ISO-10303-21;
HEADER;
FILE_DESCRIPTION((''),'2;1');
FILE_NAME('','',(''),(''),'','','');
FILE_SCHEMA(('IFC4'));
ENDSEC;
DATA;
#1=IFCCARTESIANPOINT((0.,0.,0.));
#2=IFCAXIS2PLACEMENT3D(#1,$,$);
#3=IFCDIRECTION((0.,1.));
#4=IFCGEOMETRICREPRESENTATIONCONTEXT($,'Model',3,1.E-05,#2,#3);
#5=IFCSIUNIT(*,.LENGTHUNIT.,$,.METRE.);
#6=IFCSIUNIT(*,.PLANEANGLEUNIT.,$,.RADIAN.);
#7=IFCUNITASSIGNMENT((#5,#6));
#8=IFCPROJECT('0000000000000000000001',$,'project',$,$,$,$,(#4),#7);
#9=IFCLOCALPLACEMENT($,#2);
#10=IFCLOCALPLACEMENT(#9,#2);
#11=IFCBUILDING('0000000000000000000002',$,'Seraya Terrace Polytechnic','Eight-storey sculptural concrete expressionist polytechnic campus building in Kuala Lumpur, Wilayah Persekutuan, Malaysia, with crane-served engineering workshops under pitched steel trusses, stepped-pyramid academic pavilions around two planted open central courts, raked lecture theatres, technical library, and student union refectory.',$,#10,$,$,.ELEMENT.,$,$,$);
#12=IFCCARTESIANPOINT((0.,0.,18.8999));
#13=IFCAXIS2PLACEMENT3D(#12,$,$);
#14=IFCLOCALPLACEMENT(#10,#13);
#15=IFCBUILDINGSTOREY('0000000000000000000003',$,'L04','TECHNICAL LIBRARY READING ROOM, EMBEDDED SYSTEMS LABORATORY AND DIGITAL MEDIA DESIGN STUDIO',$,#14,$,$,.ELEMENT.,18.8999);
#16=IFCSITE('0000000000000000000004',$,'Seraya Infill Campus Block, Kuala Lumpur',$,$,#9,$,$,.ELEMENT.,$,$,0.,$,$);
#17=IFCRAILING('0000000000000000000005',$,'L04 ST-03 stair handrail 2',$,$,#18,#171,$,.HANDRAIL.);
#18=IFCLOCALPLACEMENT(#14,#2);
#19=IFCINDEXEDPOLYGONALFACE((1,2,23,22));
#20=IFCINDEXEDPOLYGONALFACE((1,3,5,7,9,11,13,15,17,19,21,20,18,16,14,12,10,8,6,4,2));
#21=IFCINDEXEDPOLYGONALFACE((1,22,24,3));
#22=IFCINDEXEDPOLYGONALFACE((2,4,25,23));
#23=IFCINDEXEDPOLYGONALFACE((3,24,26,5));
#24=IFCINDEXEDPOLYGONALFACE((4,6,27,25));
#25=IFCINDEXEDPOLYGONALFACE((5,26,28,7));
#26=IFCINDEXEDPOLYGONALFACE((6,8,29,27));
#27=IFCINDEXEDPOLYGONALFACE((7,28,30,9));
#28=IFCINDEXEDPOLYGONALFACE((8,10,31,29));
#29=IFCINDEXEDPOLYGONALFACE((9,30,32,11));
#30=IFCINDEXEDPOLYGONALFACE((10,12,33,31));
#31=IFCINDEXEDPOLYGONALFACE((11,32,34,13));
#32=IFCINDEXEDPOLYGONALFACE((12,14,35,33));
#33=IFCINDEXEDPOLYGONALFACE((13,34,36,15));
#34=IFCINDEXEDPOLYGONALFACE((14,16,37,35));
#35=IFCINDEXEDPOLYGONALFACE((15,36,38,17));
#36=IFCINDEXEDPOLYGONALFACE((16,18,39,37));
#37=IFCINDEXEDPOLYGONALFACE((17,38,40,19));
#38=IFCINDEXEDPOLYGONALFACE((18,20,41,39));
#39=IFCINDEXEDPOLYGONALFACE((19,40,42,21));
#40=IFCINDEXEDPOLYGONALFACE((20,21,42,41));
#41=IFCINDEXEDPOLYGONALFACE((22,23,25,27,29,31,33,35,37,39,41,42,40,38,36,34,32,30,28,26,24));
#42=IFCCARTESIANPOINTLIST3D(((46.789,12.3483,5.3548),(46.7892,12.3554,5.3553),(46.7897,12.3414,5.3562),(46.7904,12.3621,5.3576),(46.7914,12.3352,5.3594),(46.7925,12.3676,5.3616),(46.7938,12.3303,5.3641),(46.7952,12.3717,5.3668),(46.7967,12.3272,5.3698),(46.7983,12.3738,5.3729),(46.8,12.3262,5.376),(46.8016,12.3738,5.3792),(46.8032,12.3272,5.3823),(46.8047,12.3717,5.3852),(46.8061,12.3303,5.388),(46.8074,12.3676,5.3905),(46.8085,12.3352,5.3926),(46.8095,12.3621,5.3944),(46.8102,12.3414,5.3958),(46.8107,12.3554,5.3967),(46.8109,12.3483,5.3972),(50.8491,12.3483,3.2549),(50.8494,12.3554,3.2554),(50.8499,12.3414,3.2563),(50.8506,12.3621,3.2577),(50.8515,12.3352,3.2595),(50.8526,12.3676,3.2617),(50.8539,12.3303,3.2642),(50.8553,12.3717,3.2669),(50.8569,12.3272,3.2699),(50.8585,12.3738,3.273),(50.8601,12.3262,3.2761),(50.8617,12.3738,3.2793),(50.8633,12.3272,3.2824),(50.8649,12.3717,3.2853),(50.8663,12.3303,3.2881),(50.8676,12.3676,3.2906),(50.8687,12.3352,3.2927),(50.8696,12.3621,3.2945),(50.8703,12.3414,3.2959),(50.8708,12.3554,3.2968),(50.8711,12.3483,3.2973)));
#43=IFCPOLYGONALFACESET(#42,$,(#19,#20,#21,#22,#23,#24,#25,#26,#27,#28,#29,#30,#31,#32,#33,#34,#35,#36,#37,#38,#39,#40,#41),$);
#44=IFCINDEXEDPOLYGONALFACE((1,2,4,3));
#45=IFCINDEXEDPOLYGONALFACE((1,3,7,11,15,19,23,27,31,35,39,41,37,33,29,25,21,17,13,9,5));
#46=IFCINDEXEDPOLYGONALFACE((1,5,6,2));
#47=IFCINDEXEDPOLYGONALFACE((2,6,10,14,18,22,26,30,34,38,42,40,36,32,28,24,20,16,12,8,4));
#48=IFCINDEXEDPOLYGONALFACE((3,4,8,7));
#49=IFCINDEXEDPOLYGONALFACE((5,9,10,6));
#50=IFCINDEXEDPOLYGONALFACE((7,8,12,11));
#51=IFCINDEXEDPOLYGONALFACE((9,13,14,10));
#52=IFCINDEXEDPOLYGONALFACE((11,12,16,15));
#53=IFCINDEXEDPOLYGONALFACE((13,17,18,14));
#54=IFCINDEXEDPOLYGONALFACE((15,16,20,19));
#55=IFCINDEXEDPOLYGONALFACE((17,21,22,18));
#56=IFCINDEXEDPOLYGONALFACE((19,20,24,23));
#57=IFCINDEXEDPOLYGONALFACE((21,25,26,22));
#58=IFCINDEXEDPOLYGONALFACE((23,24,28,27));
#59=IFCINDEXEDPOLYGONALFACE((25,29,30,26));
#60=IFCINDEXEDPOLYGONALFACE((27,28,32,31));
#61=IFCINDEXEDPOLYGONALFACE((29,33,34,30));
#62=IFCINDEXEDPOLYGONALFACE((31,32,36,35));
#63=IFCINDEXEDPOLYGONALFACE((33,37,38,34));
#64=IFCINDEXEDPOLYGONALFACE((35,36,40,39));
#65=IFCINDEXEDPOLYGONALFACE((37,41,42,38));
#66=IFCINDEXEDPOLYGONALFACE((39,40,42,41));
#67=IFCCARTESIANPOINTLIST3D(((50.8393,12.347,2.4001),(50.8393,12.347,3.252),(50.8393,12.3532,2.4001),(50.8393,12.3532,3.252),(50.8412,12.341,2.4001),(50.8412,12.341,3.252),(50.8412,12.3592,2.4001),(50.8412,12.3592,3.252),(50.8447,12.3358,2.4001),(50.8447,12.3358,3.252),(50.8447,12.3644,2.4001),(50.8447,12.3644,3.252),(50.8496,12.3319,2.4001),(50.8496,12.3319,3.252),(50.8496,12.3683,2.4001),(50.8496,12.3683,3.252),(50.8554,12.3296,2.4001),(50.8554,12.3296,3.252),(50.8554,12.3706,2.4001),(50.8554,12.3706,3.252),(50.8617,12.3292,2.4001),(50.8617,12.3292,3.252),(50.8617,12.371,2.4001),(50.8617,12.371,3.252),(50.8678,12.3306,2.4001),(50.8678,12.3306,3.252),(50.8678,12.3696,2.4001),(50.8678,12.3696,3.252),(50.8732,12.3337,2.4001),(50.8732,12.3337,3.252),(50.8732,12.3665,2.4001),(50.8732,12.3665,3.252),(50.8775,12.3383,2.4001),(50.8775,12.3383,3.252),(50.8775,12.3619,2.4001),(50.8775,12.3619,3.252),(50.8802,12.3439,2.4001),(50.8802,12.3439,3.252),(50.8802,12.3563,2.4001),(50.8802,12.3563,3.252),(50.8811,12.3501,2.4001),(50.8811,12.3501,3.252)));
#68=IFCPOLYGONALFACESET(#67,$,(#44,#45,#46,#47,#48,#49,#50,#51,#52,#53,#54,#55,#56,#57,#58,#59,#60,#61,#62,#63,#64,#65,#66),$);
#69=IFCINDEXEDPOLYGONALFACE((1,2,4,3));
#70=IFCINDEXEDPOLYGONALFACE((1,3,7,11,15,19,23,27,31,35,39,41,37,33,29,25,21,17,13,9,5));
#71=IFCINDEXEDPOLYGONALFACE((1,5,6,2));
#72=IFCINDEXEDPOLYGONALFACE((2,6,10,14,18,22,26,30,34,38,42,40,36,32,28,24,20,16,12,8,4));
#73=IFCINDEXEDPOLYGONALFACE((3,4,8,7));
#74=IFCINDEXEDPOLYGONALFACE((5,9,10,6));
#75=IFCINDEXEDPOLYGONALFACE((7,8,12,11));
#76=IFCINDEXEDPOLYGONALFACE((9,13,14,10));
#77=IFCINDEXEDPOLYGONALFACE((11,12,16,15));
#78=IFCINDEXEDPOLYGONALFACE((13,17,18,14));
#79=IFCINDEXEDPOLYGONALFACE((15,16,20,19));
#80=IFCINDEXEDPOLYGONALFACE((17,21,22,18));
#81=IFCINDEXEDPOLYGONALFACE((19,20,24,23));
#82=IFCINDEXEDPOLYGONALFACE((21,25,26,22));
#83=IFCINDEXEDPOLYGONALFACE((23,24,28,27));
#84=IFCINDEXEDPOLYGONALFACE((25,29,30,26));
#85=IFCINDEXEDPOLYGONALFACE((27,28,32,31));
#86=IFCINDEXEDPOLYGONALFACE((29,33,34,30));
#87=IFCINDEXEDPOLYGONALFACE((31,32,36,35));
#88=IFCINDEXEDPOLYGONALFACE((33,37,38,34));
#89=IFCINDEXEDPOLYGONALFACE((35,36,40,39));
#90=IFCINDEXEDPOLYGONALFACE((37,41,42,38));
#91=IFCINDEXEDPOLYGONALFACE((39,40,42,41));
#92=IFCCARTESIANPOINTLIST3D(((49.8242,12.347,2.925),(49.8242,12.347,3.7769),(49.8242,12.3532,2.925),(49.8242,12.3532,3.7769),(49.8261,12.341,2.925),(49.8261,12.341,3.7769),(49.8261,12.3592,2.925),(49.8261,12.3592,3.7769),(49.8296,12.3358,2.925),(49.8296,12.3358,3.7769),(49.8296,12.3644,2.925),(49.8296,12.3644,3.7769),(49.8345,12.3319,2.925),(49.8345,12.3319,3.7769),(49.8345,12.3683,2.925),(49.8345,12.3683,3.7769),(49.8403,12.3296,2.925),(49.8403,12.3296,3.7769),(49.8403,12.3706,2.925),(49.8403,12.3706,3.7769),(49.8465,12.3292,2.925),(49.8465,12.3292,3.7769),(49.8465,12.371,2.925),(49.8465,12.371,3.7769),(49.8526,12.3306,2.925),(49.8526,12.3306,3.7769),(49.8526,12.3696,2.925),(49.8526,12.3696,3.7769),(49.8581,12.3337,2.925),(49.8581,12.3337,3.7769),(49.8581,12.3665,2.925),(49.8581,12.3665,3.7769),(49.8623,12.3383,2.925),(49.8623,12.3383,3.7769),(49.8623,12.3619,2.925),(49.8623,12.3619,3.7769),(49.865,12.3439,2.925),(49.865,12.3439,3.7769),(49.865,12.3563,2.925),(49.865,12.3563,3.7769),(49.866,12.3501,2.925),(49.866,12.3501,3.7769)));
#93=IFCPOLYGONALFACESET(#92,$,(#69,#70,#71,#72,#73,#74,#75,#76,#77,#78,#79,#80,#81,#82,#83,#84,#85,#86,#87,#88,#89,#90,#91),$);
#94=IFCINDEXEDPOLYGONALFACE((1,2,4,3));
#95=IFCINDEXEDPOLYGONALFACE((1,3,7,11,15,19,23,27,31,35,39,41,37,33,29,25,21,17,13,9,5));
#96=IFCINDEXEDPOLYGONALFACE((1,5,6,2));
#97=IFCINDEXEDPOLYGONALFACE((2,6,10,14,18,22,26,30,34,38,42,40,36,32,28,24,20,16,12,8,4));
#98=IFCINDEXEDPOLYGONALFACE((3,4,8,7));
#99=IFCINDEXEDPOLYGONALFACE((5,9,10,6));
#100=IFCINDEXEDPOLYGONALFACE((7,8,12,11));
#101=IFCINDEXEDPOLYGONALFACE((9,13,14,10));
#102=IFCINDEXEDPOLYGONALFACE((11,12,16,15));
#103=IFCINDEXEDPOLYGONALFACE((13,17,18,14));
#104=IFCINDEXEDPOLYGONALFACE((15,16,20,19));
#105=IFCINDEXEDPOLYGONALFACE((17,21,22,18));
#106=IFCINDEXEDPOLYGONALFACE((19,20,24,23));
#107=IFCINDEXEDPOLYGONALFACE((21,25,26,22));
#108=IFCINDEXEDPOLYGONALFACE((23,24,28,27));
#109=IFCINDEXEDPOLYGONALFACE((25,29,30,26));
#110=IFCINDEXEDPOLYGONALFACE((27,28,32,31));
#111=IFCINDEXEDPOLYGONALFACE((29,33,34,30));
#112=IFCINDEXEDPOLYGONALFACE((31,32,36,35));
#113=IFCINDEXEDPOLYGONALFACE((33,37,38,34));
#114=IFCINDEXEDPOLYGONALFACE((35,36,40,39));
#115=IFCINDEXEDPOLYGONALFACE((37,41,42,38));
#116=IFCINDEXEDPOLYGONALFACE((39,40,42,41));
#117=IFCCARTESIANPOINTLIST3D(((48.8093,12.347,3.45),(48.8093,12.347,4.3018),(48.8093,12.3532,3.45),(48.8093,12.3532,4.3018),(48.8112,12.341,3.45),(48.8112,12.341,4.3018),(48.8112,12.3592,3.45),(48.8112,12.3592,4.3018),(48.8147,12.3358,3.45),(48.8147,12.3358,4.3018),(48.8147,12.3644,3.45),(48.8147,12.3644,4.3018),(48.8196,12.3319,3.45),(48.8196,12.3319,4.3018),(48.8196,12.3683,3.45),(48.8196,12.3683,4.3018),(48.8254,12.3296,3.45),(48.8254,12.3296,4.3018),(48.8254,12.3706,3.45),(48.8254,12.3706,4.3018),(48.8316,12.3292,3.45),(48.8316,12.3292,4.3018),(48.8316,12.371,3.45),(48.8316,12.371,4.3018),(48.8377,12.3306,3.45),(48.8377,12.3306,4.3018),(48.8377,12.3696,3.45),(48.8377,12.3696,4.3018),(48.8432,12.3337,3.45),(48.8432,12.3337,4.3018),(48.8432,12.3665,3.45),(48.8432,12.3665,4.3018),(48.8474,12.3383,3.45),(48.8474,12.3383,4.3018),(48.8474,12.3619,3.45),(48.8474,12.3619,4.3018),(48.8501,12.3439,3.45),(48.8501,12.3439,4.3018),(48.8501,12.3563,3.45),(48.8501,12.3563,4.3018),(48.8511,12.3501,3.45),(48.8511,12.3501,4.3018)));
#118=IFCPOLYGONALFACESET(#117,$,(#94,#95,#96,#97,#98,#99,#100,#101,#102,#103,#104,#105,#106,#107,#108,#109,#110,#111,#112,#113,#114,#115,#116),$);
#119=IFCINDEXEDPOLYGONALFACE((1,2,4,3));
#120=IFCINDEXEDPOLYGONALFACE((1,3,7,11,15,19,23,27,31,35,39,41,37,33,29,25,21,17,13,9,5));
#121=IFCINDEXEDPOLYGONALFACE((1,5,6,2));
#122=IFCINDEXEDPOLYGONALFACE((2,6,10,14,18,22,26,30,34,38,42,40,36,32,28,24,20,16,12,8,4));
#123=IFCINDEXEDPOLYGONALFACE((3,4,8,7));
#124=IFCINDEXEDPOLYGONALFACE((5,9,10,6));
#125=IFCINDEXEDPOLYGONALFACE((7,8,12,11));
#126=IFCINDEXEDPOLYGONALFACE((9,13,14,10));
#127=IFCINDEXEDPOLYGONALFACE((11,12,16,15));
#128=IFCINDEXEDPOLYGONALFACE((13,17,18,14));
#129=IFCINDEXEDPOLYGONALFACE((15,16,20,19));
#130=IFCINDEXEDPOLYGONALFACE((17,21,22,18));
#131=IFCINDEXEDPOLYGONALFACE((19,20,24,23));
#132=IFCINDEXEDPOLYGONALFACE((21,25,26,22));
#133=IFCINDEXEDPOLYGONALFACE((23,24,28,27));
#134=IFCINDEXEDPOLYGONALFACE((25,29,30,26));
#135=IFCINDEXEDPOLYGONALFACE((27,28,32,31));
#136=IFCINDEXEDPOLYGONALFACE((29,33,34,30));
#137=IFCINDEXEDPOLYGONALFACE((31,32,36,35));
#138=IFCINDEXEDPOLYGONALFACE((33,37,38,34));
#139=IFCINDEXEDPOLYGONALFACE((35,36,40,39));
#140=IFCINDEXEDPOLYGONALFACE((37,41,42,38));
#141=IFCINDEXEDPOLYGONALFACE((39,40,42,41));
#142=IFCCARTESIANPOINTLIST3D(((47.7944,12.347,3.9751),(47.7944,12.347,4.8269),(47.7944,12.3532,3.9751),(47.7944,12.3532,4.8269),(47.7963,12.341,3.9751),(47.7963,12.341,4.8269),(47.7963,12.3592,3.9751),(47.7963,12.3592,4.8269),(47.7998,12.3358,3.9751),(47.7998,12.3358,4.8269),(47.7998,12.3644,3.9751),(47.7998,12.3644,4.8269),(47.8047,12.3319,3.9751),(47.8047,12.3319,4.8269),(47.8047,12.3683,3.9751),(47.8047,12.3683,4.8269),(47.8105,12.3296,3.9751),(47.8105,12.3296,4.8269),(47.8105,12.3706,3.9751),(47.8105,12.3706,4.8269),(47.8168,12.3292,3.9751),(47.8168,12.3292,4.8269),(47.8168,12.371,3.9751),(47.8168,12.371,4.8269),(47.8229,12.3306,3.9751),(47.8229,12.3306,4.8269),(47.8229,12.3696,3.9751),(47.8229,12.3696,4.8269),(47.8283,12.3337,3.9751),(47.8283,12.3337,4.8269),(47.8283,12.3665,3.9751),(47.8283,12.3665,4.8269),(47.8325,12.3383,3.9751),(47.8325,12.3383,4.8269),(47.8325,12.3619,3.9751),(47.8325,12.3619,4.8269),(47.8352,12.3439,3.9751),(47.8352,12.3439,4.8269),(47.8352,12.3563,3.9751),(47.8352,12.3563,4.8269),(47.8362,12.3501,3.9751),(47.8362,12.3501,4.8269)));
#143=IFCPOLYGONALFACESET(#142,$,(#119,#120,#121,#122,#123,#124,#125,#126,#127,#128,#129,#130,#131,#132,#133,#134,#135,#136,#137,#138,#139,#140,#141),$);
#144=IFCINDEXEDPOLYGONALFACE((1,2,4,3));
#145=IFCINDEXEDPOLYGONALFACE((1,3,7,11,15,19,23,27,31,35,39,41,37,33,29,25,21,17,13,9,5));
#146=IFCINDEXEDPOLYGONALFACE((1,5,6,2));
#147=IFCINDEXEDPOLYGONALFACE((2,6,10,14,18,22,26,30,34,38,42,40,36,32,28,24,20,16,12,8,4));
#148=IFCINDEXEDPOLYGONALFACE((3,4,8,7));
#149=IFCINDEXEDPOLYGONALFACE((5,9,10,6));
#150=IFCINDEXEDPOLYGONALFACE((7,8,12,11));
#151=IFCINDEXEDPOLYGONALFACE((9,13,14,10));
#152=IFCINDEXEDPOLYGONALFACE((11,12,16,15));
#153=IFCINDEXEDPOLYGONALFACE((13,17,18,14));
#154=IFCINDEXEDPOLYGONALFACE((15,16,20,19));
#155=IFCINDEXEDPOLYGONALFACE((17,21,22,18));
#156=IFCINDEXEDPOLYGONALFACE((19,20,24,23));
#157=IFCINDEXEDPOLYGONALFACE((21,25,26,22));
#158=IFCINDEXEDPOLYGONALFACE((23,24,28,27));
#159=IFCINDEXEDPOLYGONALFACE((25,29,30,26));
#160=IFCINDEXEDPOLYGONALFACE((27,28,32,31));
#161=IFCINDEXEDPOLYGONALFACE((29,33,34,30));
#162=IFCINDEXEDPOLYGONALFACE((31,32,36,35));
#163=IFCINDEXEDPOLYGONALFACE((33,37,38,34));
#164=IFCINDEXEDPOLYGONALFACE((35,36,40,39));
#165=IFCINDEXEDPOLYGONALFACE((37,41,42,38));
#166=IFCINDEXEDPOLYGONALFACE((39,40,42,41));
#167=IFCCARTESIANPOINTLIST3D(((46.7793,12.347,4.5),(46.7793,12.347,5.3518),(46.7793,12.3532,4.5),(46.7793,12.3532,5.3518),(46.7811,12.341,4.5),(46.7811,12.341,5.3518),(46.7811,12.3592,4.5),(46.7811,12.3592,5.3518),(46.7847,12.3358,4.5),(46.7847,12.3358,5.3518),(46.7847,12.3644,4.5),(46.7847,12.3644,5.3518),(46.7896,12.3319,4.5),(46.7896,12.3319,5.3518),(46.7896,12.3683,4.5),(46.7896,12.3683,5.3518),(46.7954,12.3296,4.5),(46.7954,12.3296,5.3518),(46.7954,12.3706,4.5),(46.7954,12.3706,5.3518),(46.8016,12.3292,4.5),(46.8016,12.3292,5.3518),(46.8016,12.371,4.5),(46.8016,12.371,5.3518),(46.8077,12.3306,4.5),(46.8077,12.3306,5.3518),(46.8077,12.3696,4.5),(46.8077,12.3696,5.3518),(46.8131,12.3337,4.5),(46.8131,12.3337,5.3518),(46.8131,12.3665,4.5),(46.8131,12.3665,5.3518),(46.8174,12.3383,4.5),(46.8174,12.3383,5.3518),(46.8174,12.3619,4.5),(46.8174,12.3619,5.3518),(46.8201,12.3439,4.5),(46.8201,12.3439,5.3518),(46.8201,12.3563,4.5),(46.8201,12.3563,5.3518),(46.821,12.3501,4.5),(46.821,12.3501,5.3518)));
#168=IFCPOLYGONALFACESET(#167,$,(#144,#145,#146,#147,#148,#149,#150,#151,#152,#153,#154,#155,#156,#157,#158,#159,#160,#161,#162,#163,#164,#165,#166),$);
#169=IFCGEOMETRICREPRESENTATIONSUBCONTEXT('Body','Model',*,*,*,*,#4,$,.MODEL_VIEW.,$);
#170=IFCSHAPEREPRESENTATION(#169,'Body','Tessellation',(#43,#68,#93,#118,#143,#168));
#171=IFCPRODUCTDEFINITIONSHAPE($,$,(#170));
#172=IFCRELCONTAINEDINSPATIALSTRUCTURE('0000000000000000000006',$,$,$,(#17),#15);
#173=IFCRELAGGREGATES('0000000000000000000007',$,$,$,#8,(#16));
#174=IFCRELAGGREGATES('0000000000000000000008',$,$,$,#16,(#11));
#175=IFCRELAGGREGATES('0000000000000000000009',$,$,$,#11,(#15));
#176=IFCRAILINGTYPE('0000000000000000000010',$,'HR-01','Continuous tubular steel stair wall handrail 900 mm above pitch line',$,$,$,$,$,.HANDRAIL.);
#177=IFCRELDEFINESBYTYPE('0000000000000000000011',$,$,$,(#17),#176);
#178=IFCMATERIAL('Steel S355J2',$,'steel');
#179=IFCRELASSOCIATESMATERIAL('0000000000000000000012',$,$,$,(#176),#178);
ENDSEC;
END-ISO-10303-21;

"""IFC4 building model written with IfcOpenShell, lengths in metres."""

from ifc_helpers import new_model, si_unit, direction, frame, origin, origin_2d, place, context, subcontext, project, spatial, circle, extrude, material, type_object, element, save


model = new_model("IFC4")

# Units and contexts
model_context = context("Model", 3, precision=1e-05, world=origin(), true_north=direction((0.0, 1.0)))
body_context = subcontext(model_context, "Body", "Model", "MODEL_VIEW")
ifc_project = project(units=[si_unit("LENGTHUNIT", "METRE"), si_unit("PLANEANGLEUNIT", "RADIAN")], contexts=[model_context])

# Site, building, storey
site_placement = place(None, origin())
site = spatial("IfcSite", under=ifc_project, at=site_placement, Name="Seraya Infill Campus Block, Kuala Lumpur", CompositionType="ELEMENT", RefElevation=0.0)
building_placement = place(site_placement, origin())
building = spatial("IfcBuilding", under=site, at=building_placement, Name="Seraya Terrace Polytechnic", Description="Eight-storey sculptural concrete expressionist polytechnic campus building in Kuala Lumpur, Wilayah Persekutuan, Malaysia, with crane-served engineering workshops under pitched steel trusses, stepped-pyramid academic pavilions around two planted open central courts, raked lecture theatres, technical library, and student union refectory.", CompositionType="ELEMENT")
storey_placement = place(building_placement, frame((0.0, 0.0, 18.8999)))
storey = spatial("IfcBuildingStorey", under=building, at=storey_placement, Name="L04", Description="TECHNICAL LIBRARY READING ROOM, EMBEDDED SYSTEMS LABORATORY AND DIGITAL MEDIA DESIGN STUDIO", CompositionType="ELEMENT", Elevation=18.8999)

# Railing
ifc_material_1 = material(Name="Steel S355J2", Category="steel")
railing_type_1 = type_object("IfcRailingType", Name="HR-01", Description="Continuous tubular steel stair wall handrail 900 mm above pitch line", PredefinedType="HANDRAIL", material=ifc_material_1)
railing_1_placement = place(storey_placement, frame((50.8601, 12.3501, 2.4001)))
element("IfcRailing", 1, at=railing_1_placement, inside=storey, type_object=railing_type_1, Name="L04 ST-03 stair handrail 2", PredefinedType="HANDRAIL", context=body_context, shape_type="SweptSolid", body=[
    extrude(circle(Radius=0.0239, at=origin_2d()), frame((0.0, 0.0, 0.876), z_axis=(-0.888233, 0.0, 0.459392), x_axis=(0.0, -1.0, 0.0)), (0.0, 0.0, 1.0), 4.571),
    extrude(circle(Radius=0.021, at=origin_2d()), origin(), (0.0, 0.0, 1.0), 0.8518),
    extrude(circle(Radius=0.021, at=origin_2d()), frame((-1.0151, 0.0, 0.5249)), (0.0, 0.0, 1.0), 0.8518),
    extrude(circle(Radius=0.021, at=origin_2d()), frame((-2.03, 0.0, 1.0498)), (0.0, 0.0, 1.0), 0.8518),
    extrude(circle(Radius=0.021, at=origin_2d()), frame((-3.0449, 0.0, 1.575)), (0.0, 0.0, 1.0), 0.8518),
    extrude(circle(Radius=0.021, at=origin_2d()), frame((-4.0601, 0.0, 2.0999)), (0.0, 0.0, 1.0), 0.8518),
])

save(model, "model.ifc")
